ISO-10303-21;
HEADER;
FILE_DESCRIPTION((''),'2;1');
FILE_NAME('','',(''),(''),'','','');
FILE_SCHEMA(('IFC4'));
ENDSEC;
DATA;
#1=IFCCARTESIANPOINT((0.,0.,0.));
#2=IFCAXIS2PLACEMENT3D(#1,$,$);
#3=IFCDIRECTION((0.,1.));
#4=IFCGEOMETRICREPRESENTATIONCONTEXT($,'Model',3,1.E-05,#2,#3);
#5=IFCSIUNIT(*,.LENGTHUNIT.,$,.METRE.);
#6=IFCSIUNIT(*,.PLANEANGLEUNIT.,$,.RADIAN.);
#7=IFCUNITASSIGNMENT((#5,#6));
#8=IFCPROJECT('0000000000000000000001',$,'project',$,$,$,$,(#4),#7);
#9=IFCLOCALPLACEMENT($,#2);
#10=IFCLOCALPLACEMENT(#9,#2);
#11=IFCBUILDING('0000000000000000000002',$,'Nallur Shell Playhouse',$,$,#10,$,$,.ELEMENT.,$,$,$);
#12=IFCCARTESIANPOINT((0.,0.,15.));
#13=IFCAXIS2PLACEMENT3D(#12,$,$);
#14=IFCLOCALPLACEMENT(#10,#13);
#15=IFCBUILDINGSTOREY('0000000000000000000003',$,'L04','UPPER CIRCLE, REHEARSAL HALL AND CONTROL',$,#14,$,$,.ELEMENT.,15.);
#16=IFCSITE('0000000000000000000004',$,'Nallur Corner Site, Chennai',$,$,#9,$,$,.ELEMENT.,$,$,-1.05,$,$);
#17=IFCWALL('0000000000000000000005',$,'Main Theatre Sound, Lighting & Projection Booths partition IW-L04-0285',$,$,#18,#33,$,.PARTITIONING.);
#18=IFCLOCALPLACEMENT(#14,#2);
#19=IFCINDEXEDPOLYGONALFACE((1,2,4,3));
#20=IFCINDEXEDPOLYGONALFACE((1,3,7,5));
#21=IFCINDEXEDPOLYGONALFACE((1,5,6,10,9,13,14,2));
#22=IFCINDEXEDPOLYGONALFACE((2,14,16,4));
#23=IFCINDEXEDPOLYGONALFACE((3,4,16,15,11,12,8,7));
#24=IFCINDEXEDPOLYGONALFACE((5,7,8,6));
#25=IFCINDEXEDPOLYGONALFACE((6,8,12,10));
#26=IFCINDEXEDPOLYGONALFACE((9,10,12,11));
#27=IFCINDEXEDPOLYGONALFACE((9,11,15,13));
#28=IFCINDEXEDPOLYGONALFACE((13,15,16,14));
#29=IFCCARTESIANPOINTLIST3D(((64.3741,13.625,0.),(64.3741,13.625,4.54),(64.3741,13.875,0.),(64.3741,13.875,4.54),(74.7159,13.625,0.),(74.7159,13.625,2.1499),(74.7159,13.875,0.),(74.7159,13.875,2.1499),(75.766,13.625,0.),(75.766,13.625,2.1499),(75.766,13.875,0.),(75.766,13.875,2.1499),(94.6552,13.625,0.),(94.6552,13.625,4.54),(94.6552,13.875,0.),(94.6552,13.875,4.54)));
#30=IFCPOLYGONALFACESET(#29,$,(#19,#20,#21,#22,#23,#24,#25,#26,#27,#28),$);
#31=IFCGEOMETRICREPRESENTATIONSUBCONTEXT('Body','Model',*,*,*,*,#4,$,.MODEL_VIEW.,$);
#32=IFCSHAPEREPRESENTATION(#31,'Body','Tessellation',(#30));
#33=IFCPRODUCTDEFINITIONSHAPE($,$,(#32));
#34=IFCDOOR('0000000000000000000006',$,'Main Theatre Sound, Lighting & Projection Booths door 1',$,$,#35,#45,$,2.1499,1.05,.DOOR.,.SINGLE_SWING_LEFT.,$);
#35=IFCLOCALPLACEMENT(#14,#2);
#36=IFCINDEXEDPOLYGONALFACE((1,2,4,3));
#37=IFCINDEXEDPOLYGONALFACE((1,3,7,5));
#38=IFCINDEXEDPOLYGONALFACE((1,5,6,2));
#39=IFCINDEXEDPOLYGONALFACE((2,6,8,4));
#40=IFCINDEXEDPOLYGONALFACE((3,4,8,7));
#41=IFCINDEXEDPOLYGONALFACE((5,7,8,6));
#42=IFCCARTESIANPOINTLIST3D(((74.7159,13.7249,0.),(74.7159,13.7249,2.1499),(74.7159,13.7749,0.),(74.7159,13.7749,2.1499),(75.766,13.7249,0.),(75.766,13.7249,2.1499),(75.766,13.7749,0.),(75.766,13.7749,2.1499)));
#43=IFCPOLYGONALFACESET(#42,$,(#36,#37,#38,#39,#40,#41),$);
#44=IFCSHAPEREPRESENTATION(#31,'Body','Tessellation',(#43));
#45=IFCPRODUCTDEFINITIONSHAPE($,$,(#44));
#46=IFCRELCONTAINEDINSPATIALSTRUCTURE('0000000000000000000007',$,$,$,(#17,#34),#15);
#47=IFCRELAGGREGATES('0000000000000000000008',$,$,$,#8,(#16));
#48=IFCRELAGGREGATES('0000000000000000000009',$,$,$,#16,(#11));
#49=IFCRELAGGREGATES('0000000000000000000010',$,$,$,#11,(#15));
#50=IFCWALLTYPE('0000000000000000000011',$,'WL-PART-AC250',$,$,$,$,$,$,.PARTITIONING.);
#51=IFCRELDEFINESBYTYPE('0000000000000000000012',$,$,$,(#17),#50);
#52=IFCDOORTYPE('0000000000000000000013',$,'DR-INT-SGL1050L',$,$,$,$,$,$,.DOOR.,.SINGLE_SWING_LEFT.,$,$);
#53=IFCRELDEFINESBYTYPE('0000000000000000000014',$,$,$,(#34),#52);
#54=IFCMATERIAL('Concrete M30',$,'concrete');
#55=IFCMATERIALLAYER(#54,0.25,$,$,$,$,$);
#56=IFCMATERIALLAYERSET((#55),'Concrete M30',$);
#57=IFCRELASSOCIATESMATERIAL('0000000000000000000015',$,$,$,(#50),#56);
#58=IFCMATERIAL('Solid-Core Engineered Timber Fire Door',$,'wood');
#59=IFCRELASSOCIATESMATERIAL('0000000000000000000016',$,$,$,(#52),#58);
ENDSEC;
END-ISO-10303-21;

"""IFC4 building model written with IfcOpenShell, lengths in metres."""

from ifc_helpers import new_model, si_unit, direction, frame, frame_2d, origin, place, context, subcontext, project, spatial, rectangle, extrude, material, layer, layer_set, type_object, element, fill, save


model = new_model("IFC4")

# Units and contexts
model_context = context("Model", 3, precision=1e-05, world=origin(), true_north=direction((0.0, 1.0)))
body_context = subcontext(model_context, "Body", "Model", "MODEL_VIEW")
ifc_project = project(units=[si_unit("LENGTHUNIT", "METRE"), si_unit("PLANEANGLEUNIT", "RADIAN")], contexts=[model_context])

# Site, building, storey
site_placement = place(None, origin())
site = spatial("IfcSite", under=ifc_project, at=site_placement, Name="Nallur Corner Site, Chennai", CompositionType="ELEMENT", RefElevation=-1.05)
building_placement = place(site_placement, origin())
building = spatial("IfcBuilding", under=site, at=building_placement, Name="Nallur Shell Playhouse", CompositionType="ELEMENT")
storey_placement = place(building_placement, frame((0.0, 0.0, 15.0)))
storey = spatial("IfcBuildingStorey", under=building, at=storey_placement, Name="L04", Description="UPPER CIRCLE, REHEARSAL HALL AND CONTROL", CompositionType="ELEMENT", Elevation=15.0)

# Shared definitions
ifc_material_1 = material(Name="Concrete M30", Category="concrete")

# Wall, opening, door
ifc_layer_1 = layer(ifc_material_1, 0.25)
ifc_layer_set_1 = layer_set([ifc_layer_1], Name="Concrete M30")
wall_type_1 = type_object("IfcWallType", Name="WL-PART-AC250", PredefinedType="PARTITIONING", material=ifc_layer_set_1)
wall_1_placement = place(storey_placement, frame((64.374, 13.75, 0.0), z_axis=(0.0, 0.0, 1.0), x_axis=(1.0, 0.0, 0.0)))
wall_1 = element("IfcWall", 1, at=wall_1_placement, inside=storey, type_object=wall_type_1, Name="Main Theatre Sound, Lighting & Projection Booths partition IW-L04-0285", PredefinedType="PARTITIONING", context=body_context, shape_type="SweptSolid", body=[
    extrude(rectangle(XDim=30.281, YDim=0.25, at=frame_2d((15.1406, 0.0))), origin(), (0.0, 0.0, 1.0), 4.54),
])
opening_placement = place(wall_1_placement, frame((10.342, 0.0, 0.0)))
opening = element("IfcOpeningElement", 2, at=opening_placement, cuts=wall_1, PredefinedType="OPENING", context=body_context, shape_type="SweptSolid", body=[
    extrude(rectangle(XDim=1.05, YDim=2.1499, at=frame_2d((0.5249, 1.075))), frame((0.0, 0.135, 0.0), z_axis=(0.0, -1.0, 0.0), x_axis=(1.0, 0.0, 0.0)), (0.0, 0.0, 1.0), 0.27),
])
ifc_material_2 = material(Name="Solid-Core Engineered Timber Fire Door", Category="wood")
door_type = type_object("IfcDoorType", Name="DR-INT-SGL1050L", OperationType="SINGLE_SWING_LEFT", PredefinedType="DOOR", material=ifc_material_2)
door_placement = place(opening_placement, origin())
door = element("IfcDoor", 3, at=door_placement, inside=storey, type_object=door_type, Name="Main Theatre Sound, Lighting & Projection Booths door 1", OperationType="SINGLE_SWING_LEFT", OverallHeight=2.1499, OverallWidth=1.05, PredefinedType="DOOR", context=body_context, shape_type="SweptSolid", body=[
    extrude(rectangle(XDim=1.05, YDim=2.1499, at=frame_2d((0.5249, 1.075))), frame((0.0, 0.0249, 0.0), z_axis=(0.0, -1.0, 0.0), x_axis=(1.0, 0.0, 0.0)), (0.0, 0.0, 1.0), 0.05),
])
fill(opening, door)

save(model, "model.ifc")
